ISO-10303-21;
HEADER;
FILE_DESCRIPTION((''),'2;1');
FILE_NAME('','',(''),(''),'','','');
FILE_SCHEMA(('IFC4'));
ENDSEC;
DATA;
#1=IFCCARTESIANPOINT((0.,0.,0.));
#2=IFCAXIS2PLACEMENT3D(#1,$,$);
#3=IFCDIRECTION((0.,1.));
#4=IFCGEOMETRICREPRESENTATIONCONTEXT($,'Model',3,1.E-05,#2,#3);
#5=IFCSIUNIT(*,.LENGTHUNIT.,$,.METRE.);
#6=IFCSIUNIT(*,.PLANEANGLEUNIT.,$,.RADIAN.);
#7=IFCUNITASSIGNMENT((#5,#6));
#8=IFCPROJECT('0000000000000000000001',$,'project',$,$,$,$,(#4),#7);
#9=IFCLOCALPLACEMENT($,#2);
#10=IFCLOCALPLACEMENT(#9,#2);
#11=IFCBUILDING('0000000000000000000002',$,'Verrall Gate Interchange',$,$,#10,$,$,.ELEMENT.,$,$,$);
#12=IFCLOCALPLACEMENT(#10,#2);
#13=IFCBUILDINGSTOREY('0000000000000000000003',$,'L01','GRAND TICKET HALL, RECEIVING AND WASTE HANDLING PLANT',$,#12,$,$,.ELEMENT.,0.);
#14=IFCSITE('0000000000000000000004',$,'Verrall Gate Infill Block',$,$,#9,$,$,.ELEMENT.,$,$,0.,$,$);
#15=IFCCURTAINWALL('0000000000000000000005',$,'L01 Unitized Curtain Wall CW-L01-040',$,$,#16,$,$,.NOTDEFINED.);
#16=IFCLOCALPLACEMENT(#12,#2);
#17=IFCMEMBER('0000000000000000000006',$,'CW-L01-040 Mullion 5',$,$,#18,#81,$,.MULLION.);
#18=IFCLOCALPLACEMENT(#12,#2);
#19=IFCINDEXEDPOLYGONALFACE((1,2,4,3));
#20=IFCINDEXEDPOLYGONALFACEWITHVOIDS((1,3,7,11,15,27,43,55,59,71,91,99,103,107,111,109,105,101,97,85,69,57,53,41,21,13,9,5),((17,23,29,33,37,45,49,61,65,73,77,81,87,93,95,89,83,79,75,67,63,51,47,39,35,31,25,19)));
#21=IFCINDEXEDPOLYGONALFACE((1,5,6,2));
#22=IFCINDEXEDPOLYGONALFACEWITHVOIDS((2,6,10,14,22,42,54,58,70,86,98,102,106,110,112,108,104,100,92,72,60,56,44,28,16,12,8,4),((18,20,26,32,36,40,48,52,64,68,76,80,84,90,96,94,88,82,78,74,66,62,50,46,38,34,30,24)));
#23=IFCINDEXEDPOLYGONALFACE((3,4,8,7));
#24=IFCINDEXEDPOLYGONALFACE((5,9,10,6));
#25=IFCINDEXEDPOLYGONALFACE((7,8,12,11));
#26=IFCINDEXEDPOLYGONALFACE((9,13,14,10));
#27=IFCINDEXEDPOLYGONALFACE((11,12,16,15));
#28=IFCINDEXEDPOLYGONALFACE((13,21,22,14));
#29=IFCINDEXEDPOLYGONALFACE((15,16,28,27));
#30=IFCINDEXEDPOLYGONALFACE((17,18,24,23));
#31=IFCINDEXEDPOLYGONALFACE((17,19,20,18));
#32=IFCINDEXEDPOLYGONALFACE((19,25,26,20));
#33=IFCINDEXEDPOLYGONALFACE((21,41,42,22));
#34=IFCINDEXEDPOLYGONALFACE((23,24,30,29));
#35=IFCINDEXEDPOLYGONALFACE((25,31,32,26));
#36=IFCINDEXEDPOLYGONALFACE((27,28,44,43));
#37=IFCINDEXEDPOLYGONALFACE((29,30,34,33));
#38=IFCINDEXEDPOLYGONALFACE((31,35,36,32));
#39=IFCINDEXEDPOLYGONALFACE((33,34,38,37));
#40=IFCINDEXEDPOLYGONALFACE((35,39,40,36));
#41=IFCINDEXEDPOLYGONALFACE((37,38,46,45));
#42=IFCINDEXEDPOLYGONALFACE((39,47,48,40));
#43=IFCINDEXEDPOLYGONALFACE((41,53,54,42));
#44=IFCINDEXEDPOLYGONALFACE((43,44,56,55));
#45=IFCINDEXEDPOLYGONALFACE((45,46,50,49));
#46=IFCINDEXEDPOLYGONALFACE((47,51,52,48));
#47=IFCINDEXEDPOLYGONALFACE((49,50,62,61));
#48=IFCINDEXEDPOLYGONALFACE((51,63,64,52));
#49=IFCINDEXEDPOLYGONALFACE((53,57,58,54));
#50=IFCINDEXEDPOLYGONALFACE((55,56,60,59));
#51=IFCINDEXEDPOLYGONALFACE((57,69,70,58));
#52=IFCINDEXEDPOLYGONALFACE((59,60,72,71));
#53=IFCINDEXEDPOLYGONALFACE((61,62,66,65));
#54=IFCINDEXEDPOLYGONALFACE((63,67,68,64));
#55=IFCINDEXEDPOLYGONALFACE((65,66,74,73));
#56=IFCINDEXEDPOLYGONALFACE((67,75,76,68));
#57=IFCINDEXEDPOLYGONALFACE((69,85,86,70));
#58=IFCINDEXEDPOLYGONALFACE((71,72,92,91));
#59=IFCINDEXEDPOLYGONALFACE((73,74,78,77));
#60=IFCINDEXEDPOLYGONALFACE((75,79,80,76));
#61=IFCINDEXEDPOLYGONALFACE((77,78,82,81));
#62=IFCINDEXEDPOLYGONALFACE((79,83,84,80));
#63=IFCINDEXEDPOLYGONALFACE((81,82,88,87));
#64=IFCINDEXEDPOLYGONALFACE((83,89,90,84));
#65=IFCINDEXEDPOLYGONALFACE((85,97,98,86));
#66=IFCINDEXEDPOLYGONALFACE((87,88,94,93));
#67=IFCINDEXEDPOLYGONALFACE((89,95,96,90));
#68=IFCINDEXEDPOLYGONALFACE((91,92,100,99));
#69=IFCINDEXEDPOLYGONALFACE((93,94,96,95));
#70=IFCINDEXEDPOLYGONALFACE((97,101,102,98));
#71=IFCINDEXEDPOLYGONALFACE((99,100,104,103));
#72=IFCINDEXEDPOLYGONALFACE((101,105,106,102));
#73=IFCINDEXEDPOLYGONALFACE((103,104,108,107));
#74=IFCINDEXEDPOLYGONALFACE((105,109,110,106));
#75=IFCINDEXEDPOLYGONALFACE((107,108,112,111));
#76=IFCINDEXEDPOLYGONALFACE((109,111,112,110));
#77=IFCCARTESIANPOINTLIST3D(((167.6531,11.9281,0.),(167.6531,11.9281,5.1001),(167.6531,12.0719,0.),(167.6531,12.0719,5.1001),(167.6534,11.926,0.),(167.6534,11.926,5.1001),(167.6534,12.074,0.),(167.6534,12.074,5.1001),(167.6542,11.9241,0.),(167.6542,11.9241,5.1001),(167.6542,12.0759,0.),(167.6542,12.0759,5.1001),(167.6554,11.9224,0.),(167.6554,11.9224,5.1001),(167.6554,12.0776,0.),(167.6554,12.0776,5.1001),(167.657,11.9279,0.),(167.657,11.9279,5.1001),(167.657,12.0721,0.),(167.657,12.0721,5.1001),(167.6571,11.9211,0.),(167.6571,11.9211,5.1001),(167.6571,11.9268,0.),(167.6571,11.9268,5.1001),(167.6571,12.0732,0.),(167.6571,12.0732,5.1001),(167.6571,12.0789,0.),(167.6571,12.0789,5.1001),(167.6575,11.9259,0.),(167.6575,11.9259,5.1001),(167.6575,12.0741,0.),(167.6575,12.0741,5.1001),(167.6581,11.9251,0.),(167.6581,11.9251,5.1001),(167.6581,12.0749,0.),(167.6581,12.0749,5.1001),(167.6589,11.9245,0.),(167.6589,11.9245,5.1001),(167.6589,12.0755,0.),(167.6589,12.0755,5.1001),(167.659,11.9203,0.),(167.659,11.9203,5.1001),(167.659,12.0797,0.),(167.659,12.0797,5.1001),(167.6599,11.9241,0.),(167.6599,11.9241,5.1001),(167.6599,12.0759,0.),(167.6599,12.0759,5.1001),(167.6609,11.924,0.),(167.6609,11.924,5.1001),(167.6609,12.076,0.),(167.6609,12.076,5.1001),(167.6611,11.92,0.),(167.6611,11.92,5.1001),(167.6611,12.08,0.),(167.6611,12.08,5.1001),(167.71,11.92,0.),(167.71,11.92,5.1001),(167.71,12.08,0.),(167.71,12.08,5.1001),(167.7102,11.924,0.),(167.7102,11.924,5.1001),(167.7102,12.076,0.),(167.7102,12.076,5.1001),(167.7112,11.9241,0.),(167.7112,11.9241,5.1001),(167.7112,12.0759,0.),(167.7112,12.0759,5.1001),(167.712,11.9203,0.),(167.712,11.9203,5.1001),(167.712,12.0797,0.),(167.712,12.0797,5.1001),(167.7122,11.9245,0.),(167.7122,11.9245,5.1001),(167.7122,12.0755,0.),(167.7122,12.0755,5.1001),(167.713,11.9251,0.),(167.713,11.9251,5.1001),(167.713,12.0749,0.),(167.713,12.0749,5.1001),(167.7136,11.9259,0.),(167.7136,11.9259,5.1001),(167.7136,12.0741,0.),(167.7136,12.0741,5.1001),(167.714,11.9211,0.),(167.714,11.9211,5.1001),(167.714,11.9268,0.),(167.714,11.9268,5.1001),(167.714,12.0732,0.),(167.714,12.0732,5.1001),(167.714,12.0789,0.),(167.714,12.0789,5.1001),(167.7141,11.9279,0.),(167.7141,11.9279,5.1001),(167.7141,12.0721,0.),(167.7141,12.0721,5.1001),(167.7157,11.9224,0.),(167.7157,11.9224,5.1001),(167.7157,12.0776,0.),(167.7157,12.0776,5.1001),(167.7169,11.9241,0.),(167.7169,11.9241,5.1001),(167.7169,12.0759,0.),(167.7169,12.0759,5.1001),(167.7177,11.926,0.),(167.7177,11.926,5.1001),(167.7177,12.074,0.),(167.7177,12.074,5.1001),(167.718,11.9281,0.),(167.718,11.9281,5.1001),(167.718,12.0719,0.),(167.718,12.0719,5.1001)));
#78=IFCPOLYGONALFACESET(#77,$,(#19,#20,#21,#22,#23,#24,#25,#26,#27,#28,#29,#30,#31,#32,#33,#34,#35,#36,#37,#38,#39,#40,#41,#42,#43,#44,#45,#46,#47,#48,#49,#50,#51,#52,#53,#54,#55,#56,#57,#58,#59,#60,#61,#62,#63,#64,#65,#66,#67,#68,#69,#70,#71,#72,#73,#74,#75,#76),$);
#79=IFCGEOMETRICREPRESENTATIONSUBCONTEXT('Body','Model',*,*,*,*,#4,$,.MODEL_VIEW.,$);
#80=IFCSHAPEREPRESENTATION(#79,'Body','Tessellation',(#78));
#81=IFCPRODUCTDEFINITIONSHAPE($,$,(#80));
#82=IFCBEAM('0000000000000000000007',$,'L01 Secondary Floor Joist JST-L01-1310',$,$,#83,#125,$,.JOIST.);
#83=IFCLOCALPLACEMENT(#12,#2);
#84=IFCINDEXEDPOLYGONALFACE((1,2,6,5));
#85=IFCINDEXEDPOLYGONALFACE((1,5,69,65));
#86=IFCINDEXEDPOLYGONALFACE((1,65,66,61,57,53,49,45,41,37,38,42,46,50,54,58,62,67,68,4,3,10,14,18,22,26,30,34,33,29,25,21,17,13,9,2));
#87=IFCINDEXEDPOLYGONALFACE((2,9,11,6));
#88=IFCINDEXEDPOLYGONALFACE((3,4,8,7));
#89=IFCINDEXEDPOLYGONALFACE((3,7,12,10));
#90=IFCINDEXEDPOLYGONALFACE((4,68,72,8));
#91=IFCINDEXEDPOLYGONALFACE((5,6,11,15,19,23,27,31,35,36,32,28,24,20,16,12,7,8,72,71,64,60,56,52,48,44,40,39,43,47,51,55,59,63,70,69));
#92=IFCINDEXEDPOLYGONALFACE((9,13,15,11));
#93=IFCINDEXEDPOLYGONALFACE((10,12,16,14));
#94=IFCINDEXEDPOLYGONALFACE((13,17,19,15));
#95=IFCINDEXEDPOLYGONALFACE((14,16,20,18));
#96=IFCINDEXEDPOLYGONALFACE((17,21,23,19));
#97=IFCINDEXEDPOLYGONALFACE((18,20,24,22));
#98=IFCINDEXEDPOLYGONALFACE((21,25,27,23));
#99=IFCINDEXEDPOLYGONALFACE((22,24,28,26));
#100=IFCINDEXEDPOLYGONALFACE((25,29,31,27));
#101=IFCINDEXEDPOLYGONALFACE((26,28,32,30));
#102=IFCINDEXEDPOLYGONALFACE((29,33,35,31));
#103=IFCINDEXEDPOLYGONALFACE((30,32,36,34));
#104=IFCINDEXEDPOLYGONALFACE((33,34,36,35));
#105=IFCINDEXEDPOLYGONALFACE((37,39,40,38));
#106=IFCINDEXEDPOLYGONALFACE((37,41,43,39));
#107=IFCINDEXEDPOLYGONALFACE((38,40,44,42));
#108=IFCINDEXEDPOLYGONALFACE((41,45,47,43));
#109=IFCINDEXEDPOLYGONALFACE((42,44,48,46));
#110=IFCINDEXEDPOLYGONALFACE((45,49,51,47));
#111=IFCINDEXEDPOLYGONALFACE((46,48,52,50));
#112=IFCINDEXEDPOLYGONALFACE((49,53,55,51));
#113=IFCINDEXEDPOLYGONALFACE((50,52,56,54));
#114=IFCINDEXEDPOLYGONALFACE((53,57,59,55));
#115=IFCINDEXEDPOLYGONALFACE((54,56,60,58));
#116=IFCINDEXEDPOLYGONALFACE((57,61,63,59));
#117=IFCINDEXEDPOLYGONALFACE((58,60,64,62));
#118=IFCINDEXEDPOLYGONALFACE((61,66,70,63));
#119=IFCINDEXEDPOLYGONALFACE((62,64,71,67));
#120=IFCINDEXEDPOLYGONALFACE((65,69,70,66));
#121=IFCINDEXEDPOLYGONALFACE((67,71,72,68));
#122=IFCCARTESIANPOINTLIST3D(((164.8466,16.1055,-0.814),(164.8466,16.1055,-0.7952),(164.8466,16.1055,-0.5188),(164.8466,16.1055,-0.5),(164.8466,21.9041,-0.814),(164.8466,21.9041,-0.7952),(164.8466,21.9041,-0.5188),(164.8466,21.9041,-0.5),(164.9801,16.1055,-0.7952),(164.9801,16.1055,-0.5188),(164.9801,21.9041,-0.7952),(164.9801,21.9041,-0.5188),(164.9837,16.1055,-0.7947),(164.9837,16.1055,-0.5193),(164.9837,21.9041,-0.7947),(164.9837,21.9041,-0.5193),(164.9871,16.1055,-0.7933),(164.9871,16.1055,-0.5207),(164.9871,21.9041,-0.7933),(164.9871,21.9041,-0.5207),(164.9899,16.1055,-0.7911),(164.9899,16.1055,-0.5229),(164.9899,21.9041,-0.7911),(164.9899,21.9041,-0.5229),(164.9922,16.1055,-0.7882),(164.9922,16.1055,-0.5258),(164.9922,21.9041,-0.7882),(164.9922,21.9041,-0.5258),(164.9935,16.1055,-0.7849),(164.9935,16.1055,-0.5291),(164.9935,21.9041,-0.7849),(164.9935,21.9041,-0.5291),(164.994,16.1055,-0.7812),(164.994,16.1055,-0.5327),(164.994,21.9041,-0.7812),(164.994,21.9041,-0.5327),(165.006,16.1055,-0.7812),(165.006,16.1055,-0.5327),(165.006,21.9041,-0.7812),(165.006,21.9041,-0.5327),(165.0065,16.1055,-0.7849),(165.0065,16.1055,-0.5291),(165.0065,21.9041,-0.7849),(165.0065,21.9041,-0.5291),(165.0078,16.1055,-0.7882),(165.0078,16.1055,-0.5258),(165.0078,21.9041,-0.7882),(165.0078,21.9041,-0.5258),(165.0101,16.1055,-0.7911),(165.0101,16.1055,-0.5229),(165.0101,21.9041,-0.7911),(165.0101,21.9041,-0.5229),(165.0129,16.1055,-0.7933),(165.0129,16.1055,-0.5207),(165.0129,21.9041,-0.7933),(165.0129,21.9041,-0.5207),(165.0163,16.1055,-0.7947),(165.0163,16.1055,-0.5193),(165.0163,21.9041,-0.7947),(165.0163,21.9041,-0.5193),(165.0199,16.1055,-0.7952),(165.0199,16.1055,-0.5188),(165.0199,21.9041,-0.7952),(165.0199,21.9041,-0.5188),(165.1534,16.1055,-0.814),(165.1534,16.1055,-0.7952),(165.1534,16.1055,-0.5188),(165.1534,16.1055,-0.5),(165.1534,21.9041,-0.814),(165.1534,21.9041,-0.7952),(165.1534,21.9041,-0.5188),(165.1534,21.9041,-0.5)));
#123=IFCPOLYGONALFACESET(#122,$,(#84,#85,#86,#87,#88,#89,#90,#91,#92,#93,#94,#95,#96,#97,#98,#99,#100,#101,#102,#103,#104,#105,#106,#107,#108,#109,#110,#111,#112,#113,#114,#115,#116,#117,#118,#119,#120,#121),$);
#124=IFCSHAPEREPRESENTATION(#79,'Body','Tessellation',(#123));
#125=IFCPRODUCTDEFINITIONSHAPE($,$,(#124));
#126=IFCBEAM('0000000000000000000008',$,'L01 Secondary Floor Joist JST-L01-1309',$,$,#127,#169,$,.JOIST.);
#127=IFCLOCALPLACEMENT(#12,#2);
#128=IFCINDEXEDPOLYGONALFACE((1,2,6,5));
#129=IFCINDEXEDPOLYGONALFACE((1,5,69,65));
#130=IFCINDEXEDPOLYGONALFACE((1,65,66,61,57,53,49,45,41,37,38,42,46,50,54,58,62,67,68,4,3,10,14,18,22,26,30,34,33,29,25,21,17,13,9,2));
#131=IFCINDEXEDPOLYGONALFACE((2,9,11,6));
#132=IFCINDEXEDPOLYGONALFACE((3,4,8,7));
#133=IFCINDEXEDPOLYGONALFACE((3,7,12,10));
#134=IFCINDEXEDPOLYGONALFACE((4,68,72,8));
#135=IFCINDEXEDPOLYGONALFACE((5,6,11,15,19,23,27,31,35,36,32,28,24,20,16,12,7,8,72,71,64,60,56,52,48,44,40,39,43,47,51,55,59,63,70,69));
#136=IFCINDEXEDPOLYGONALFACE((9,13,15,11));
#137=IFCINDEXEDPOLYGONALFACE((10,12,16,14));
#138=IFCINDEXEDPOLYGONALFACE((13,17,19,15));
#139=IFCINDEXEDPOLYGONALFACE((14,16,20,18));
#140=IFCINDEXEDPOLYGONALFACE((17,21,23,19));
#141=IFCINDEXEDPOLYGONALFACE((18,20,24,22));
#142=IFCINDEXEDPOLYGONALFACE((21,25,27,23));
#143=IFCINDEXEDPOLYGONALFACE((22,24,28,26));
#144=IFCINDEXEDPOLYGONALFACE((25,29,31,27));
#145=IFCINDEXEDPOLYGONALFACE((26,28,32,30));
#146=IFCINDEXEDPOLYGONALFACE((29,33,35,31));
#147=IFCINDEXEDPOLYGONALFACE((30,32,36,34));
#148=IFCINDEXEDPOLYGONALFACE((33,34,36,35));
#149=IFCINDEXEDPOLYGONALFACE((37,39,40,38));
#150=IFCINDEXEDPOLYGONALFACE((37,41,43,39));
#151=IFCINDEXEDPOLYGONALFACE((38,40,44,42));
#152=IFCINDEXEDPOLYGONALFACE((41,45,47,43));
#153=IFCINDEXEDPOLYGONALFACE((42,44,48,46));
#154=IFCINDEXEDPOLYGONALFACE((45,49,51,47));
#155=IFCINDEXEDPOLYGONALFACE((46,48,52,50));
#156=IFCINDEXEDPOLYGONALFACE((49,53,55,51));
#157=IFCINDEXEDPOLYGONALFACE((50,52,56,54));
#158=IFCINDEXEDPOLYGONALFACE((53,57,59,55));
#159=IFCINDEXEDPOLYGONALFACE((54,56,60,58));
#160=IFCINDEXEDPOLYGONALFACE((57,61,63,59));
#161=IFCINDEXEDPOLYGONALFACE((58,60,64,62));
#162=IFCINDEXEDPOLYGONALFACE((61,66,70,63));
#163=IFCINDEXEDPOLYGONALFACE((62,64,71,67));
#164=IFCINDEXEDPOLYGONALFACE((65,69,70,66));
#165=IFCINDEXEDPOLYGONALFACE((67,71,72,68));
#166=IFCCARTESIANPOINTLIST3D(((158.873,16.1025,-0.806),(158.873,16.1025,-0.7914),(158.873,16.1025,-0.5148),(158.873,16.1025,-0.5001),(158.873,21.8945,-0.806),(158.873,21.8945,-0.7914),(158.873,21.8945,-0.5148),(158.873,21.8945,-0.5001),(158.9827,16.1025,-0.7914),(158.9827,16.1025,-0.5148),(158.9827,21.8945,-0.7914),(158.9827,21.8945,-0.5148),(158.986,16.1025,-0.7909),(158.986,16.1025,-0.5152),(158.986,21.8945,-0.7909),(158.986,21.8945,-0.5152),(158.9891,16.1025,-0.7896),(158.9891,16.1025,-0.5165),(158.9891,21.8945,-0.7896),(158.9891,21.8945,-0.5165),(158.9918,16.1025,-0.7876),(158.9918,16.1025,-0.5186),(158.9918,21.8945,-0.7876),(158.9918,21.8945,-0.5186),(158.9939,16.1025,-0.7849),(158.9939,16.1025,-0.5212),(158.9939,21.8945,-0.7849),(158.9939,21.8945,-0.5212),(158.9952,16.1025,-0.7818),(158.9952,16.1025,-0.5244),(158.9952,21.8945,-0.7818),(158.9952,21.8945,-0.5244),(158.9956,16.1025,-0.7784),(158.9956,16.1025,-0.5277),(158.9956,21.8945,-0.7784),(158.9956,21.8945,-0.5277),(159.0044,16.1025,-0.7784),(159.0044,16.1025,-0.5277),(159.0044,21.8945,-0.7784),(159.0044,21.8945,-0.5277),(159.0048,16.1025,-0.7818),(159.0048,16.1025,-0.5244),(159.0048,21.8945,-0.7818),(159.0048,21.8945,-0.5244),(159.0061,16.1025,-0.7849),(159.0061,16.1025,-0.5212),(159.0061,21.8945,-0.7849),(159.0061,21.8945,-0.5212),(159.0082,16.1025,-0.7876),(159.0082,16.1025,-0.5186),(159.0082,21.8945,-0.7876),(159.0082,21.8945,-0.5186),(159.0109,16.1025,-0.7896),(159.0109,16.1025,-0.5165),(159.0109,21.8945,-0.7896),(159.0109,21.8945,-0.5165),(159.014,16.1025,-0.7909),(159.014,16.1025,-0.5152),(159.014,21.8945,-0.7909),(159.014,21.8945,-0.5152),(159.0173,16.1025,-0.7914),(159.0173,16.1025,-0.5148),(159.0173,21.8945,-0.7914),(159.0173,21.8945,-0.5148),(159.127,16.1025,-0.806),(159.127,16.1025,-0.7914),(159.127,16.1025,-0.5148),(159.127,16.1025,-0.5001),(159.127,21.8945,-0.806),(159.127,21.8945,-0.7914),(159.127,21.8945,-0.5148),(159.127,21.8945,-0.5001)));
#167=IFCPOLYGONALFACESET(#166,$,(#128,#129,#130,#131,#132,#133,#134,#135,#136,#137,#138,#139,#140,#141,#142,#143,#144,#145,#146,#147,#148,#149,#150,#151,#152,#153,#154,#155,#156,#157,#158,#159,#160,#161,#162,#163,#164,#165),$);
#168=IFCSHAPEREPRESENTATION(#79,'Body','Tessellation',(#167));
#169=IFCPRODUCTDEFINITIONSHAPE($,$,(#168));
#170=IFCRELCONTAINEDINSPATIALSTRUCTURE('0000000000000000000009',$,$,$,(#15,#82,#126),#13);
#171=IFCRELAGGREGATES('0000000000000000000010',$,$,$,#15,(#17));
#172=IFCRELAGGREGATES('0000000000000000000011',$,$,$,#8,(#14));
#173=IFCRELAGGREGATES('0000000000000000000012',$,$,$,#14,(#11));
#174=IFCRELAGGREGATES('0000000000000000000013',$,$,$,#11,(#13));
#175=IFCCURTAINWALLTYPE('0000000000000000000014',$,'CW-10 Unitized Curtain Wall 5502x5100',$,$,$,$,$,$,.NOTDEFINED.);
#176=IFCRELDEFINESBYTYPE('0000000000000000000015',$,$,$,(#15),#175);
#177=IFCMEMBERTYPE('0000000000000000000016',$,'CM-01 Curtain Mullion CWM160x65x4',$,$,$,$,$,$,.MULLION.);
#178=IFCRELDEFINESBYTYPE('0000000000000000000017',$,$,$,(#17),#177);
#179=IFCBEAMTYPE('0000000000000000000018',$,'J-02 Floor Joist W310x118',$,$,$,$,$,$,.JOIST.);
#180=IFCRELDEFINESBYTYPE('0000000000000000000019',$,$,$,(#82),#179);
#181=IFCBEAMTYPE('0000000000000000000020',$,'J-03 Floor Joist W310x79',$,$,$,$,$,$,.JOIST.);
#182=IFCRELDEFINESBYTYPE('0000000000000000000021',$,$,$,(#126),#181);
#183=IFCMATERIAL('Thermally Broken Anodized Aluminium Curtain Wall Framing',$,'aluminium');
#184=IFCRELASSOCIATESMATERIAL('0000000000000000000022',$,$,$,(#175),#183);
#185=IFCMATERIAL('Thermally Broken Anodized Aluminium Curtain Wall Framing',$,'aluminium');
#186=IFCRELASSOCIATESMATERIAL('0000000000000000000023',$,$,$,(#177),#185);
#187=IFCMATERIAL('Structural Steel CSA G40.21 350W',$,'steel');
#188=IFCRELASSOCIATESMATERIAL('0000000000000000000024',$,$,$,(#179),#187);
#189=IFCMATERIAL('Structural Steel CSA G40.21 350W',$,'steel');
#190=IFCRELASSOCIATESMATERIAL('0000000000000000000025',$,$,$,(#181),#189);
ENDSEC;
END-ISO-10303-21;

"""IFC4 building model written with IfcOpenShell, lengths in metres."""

from ifc_helpers import new_model, si_unit, direction, frame, origin, origin_2d, place, context, subcontext, project, spatial, hollow_rectangle, i_section, extrude, material, material_profile, profile_set, type_object, element, aggregate, save


model = new_model("IFC4")

# Units and contexts
model_context = context("Model", 3, precision=1e-05, world=origin(), true_north=direction((0.0, 1.0)))
body_context = subcontext(model_context, "Body", "Model", "MODEL_VIEW")
ifc_project = project(units=[si_unit("LENGTHUNIT", "METRE"), si_unit("PLANEANGLEUNIT", "RADIAN")], contexts=[model_context])

# Site, building, storey
site_placement = place(None, origin())
site = spatial("IfcSite", under=ifc_project, at=site_placement, Name="Verrall Gate Infill Block", CompositionType="ELEMENT", RefElevation=0.0)
building_placement = place(site_placement, origin())
building = spatial("IfcBuilding", under=site, at=building_placement, Name="Verrall Gate Interchange", CompositionType="ELEMENT")
storey_placement = place(building_placement, origin())
storey = spatial("IfcBuildingStorey", under=building, at=storey_placement, Name="L01", Description="GRAND TICKET HALL, RECEIVING AND WASTE HANDLING PLANT", CompositionType="ELEMENT", Elevation=0.0)

# Curtain wall, member
ifc_material_1 = material(Name="Thermally Broken Anodized Aluminium Curtain Wall Framing", Category="aluminium")
curtain_wall_type = type_object("IfcCurtainWallType", Name="CW-10 Unitized Curtain Wall 5502x5100", PredefinedType="NOTDEFINED", material=ifc_material_1)
curtain_wall_placement = place(storey_placement, origin())
curtain_wall = element("IfcCurtainWall", 1, at=curtain_wall_placement, inside=storey, type_object=curtain_wall_type, Name="L01 Unitized Curtain Wall CW-L01-040", PredefinedType="NOTDEFINED")
ifc_material_2 = material(Name="Thermally Broken Anodized Aluminium Curtain Wall Framing", Category="aluminium")
ifc_material_profile_1 = material_profile(ifc_material_2, hollow_rectangle(XDim=0.0649, YDim=0.1599, WallThickness=0.0039, InnerFilletRadius=0.0039, OuterFilletRadius=0.0081, at=origin_2d()), Name="CWM160x65x4")
ifc_profile_set_1 = profile_set([ifc_material_profile_1], Name="Thermally Broken Anodized Aluminium Curtain Wall Framing")
member_type = type_object("IfcMemberType", Name="CM-01 Curtain Mullion CWM160x65x4", PredefinedType="MULLION", material=ifc_profile_set_1)
member_1_placement = place(storey_placement, frame((167.6855, 12.0, 0.0), z_axis=(0.0, 0.0, 1.0), x_axis=(1.0, 0.0, 0.0)))
member_1 = element("IfcMember", 2, at=member_1_placement, type_object=member_type, Name="CW-L01-040 Mullion 5", PredefinedType="MULLION", context=body_context, shape_type="SweptSolid", body=[
    extrude(hollow_rectangle(XDim=0.0649, YDim=0.1599, WallThickness=0.0039, InnerFilletRadius=0.0039, OuterFilletRadius=0.0081, at=origin_2d()), origin(), (0.0, 0.0, 1.0), 5.1001),
])

# Beams
ifc_material_3 = material(Name="Structural Steel CSA G40.21 350W", Category="steel")
ifc_material_profile_2 = material_profile(ifc_material_3, i_section(OverallWidth=0.3069, OverallDepth=0.314, WebThickness=0.012, FlangeThickness=0.0188, FilletRadius=0.0139, at=origin_2d()), Name="W310x118")
ifc_profile_set_2 = profile_set([ifc_material_profile_2], Name="Structural Steel CSA G40.21 350W")
beam_type_1 = type_object("IfcBeamType", Name="J-02 Floor Joist W310x118", PredefinedType="JOIST", material=ifc_profile_set_2)
beam_1_placement = place(storey_placement, frame((165.0, 16.1055, -0.657), z_axis=(0.0, 1.0, 0.0), x_axis=(-1.0, 0.0, 0.0)))
element("IfcBeam", 3, at=beam_1_placement, inside=storey, type_object=beam_type_1, Name="L01 Secondary Floor Joist JST-L01-1310", PredefinedType="JOIST", context=body_context, shape_type="SweptSolid", body=[
    extrude(i_section(OverallWidth=0.3069, OverallDepth=0.314, WebThickness=0.012, FlangeThickness=0.0188, FilletRadius=0.0139, at=origin_2d()), origin(), (0.0, 0.0, 1.0), 5.7986),
])
ifc_material_4 = material(Name="Structural Steel CSA G40.21 350W", Category="steel")
ifc_material_profile_3 = material_profile(ifc_material_4, i_section(OverallWidth=0.2539, OverallDepth=0.3059, WebThickness=0.0088, FlangeThickness=0.0146, FilletRadius=0.0129, at=origin_2d()), Name="W310x79")
ifc_profile_set_3 = profile_set([ifc_material_profile_3], Name="Structural Steel CSA G40.21 350W")
beam_type_2 = type_object("IfcBeamType", Name="J-03 Floor Joist W310x79", PredefinedType="JOIST", material=ifc_profile_set_3)
beam_2_placement = place(storey_placement, frame((159.0, 16.1025, -0.6531), z_axis=(0.0, 1.0, 0.0), x_axis=(-1.0, 0.0, 0.0)))
element("IfcBeam", 4, at=beam_2_placement, inside=storey, type_object=beam_type_2, Name="L01 Secondary Floor Joist JST-L01-1309", PredefinedType="JOIST", context=body_context, shape_type="SweptSolid", body=[
    extrude(i_section(OverallWidth=0.2539, OverallDepth=0.3059, WebThickness=0.0088, FlangeThickness=0.0146, FilletRadius=0.0129, at=origin_2d()), origin(), (0.0, 0.0, 1.0), 5.792),
])

aggregate(curtain_wall, [member_1])

save(model, "model.ifc")
